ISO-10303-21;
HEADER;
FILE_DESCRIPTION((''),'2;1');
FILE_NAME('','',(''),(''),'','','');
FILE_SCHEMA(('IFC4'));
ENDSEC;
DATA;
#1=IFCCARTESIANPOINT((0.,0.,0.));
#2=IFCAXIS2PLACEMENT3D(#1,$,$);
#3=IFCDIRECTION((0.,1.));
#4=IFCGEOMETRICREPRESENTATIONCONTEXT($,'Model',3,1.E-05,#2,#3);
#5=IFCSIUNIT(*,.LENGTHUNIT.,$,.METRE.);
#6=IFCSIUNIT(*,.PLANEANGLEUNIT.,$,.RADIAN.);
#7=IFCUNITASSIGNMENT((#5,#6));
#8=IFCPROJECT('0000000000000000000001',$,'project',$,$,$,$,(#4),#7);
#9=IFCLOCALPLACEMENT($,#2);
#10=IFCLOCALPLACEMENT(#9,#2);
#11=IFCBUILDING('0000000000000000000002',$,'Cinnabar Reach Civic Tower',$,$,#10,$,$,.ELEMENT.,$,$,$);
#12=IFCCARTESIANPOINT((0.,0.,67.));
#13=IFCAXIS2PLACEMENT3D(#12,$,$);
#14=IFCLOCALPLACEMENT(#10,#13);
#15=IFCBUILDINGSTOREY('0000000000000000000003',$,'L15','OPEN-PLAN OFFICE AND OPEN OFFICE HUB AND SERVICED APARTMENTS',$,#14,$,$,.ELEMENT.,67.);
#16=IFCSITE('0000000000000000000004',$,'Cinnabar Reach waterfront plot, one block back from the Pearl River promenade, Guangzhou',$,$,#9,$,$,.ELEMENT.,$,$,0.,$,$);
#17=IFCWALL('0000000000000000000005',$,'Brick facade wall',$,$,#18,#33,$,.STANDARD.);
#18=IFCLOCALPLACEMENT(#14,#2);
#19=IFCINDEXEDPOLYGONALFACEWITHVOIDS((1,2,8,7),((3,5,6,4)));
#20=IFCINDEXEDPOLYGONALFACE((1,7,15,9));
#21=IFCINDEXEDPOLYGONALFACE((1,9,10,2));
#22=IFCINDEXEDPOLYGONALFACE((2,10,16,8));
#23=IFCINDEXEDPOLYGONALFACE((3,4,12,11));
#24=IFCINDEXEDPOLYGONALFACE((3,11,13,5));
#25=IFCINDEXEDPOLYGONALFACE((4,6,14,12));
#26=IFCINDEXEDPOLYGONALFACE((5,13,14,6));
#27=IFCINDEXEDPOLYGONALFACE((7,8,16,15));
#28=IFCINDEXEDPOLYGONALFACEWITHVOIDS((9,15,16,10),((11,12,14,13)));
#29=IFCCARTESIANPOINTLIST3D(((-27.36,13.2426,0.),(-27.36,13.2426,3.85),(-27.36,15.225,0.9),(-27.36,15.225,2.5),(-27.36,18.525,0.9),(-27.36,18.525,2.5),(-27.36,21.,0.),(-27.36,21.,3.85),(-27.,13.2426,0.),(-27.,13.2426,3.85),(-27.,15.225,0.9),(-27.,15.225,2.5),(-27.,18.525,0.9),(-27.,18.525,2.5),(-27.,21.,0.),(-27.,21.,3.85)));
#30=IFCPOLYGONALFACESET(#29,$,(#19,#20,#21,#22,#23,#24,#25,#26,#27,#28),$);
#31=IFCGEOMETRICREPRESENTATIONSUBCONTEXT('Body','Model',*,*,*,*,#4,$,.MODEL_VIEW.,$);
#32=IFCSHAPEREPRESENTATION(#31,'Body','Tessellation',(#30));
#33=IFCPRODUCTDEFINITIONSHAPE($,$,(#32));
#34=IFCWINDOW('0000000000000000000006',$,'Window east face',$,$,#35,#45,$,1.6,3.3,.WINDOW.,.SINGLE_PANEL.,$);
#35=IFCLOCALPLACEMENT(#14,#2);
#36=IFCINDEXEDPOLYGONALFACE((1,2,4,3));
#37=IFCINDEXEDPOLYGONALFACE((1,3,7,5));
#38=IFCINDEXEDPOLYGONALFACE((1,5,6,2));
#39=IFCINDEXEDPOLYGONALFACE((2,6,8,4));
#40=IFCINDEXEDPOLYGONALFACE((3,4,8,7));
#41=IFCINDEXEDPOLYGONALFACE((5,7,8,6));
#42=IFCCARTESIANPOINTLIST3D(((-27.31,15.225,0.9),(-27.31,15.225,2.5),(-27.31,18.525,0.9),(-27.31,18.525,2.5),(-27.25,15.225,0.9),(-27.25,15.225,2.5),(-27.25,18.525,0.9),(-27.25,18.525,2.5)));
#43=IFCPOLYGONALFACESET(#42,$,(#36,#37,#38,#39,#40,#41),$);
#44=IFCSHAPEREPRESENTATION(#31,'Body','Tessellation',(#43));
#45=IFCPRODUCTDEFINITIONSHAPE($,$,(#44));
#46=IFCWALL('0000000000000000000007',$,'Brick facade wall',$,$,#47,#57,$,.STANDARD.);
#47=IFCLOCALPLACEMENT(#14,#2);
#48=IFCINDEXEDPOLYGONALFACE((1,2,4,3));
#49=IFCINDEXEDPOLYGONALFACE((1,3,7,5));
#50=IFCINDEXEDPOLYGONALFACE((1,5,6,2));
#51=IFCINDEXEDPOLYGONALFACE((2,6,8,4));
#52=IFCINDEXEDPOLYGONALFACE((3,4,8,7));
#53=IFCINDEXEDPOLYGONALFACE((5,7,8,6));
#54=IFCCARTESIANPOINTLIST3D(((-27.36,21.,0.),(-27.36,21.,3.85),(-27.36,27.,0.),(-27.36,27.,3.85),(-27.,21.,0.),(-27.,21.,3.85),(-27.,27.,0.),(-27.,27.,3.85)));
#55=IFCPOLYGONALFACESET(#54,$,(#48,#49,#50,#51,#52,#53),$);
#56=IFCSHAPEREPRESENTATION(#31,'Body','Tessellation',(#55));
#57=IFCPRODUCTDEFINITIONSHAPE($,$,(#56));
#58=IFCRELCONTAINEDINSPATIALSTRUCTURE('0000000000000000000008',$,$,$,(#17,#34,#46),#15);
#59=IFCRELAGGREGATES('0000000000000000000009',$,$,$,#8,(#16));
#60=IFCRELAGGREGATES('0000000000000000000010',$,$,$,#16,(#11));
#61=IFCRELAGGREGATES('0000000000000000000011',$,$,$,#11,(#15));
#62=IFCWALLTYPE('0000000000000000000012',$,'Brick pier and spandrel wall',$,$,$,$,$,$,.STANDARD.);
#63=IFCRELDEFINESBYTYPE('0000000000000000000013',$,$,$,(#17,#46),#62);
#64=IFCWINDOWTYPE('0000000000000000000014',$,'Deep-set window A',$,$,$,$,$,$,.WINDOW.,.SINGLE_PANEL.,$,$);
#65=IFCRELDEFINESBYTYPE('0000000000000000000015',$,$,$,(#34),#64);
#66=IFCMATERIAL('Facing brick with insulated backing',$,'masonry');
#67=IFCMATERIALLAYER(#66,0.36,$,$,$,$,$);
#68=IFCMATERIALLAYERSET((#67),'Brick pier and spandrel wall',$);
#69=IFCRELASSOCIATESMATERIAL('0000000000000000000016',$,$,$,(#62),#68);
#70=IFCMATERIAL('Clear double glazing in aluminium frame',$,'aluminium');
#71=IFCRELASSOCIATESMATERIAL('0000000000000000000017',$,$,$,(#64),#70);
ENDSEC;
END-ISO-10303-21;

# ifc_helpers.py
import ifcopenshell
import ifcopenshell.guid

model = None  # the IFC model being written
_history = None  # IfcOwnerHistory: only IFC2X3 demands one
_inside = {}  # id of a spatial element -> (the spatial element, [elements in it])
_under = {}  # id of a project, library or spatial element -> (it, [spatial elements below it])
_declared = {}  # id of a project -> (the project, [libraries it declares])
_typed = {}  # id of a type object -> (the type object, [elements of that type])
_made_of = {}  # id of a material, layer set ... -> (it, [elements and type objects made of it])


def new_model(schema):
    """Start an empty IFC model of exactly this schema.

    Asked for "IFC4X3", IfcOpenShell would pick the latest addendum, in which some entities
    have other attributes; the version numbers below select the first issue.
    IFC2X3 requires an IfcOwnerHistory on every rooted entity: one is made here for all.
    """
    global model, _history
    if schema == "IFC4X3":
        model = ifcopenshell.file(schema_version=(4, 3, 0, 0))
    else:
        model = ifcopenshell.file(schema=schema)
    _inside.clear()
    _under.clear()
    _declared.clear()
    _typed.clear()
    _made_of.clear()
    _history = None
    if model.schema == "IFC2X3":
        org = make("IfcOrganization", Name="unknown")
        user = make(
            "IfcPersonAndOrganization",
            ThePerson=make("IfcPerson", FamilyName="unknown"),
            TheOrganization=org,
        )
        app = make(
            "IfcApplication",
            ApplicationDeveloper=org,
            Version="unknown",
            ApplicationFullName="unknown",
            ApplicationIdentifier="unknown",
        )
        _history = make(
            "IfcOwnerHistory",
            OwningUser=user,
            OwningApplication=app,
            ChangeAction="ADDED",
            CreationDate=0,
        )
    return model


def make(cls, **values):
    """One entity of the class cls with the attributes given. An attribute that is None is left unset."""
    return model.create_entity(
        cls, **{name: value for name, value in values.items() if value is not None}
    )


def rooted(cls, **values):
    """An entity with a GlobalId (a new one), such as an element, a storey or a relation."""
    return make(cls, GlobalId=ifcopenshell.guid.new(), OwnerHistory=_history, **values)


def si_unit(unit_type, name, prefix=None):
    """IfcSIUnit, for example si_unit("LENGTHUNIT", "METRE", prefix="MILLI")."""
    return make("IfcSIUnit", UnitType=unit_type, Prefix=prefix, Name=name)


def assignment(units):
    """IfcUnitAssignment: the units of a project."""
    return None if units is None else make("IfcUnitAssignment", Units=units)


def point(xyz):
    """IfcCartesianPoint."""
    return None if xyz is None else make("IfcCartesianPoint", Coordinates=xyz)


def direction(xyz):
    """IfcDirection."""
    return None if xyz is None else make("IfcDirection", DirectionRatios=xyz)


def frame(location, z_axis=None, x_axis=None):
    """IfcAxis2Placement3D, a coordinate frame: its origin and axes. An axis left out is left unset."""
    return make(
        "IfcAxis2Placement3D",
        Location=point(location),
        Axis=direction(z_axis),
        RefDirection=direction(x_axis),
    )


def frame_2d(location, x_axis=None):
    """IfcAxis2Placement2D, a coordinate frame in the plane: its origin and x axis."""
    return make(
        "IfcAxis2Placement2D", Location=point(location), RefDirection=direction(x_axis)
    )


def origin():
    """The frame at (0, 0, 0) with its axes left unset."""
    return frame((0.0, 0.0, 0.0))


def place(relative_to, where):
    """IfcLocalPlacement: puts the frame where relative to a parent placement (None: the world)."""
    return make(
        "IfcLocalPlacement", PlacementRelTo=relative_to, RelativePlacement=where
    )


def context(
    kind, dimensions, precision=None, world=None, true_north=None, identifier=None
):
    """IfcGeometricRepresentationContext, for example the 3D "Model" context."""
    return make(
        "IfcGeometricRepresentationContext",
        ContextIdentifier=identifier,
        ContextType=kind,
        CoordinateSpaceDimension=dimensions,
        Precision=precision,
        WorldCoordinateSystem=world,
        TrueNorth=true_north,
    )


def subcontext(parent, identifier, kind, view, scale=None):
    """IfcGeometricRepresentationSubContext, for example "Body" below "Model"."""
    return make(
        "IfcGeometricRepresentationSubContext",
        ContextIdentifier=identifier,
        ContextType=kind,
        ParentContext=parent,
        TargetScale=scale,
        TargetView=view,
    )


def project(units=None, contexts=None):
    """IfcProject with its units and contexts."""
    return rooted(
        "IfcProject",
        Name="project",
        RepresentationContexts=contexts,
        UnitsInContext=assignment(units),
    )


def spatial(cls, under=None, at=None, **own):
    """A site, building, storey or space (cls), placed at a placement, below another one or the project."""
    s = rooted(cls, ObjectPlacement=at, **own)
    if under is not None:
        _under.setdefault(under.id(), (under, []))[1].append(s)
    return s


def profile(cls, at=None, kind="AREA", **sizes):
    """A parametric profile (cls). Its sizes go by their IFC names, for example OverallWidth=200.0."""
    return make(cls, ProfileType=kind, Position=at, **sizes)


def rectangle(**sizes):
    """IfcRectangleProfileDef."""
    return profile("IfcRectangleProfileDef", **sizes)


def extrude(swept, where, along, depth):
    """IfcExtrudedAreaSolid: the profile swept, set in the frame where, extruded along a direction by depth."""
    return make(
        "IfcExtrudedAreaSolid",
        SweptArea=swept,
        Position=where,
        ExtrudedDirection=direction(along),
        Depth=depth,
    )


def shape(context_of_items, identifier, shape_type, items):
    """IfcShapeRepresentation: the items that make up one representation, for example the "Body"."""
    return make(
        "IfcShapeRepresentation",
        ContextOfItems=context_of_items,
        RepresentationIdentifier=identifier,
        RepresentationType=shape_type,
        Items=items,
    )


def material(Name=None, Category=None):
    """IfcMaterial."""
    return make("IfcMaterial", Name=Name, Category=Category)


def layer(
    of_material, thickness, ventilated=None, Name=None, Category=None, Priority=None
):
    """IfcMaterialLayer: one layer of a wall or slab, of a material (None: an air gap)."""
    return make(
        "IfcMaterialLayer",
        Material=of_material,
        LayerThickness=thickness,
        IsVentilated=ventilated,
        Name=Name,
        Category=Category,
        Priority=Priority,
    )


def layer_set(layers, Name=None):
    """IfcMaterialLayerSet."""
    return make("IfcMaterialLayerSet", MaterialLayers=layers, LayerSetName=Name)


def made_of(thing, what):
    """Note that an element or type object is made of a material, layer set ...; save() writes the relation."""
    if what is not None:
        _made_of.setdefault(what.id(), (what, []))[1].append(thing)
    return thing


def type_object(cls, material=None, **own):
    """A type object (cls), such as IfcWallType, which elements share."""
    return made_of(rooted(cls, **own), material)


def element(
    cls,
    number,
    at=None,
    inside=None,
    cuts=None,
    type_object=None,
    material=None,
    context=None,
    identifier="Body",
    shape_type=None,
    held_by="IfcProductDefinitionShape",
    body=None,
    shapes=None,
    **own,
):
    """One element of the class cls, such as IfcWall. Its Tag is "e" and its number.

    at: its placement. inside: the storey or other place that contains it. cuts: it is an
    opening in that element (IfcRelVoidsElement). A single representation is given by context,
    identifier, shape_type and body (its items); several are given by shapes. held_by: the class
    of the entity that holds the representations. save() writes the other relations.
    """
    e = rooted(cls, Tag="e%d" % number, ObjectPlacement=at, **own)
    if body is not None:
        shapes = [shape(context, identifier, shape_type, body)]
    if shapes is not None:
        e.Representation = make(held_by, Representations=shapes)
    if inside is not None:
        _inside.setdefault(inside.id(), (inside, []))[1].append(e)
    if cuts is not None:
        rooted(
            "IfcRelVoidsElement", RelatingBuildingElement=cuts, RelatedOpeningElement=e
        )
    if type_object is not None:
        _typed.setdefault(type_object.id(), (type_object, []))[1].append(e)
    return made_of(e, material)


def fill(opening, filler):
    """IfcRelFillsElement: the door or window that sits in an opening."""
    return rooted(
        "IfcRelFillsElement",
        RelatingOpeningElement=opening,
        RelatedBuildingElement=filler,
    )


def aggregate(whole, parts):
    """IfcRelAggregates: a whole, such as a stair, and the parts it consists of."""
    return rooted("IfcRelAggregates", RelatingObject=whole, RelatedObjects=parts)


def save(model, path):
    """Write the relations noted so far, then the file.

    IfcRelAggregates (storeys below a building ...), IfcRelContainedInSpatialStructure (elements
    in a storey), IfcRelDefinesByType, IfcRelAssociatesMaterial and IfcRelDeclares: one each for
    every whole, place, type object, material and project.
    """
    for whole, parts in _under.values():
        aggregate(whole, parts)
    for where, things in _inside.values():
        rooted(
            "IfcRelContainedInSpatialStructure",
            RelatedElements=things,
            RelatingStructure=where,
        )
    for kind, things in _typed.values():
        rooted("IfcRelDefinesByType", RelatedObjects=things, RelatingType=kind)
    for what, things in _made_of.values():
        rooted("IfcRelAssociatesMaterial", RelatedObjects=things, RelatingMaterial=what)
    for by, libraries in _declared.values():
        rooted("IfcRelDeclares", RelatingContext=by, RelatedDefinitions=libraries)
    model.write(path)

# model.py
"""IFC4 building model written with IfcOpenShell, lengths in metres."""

from ifc_helpers import new_model, si_unit, direction, frame, frame_2d, origin, place, context, subcontext, project, spatial, rectangle, extrude, material, layer, layer_set, type_object, element, fill, save


model = new_model("IFC4")

# Units and contexts
model_context = context("Model", 3, precision=1e-05, world=origin(), true_north=direction((0.0, 1.0)))
body_context = subcontext(model_context, "Body", "Model", "MODEL_VIEW")
ifc_project = project(units=[si_unit("LENGTHUNIT", "METRE"), si_unit("PLANEANGLEUNIT", "RADIAN")], contexts=[model_context])

# Site, building, storey
site_placement = place(None, origin())
site = spatial("IfcSite", under=ifc_project, at=site_placement, Name="Cinnabar Reach waterfront plot, one block back from the Pearl River promenade, Guangzhou", CompositionType="ELEMENT", RefElevation=0.0)
building_placement = place(site_placement, origin())
building = spatial("IfcBuilding", under=site, at=building_placement, Name="Cinnabar Reach Civic Tower", CompositionType="ELEMENT")
storey_placement = place(building_placement, frame((0.0, 0.0, 67.0)))
storey = spatial("IfcBuildingStorey", under=building, at=storey_placement, Name="L15", Description="OPEN-PLAN OFFICE AND OPEN OFFICE HUB AND SERVICED APARTMENTS", CompositionType="ELEMENT", Elevation=67.0)

# Shared definitions
ifc_material_1 = material(Name="Facing brick with insulated backing", Category="masonry")

# Wall, opening, window
ifc_layer_1 = layer(ifc_material_1, 0.36)
ifc_layer_set_1 = layer_set([ifc_layer_1], Name="Brick pier and spandrel wall")
wall_type_1 = type_object("IfcWallType", Name="Brick pier and spandrel wall", PredefinedType="STANDARD", material=ifc_layer_set_1)
wall_1_placement = place(storey_placement, frame((-27.18, 13.2426, 0.0), z_axis=(0.0, 0.0, 1.0), x_axis=(0.0, 1.0, 0.0)))
wall_1 = element("IfcWall", 1, at=wall_1_placement, inside=storey, type_object=wall_type_1, Name="Brick facade wall", PredefinedType="STANDARD", context=body_context, shape_type="SweptSolid", body=[
    extrude(rectangle(XDim=7.7574, YDim=0.36, at=frame_2d((3.8787, 0.0))), origin(), (0.0, 0.0, 1.0), 3.85),
])
opening_placement = place(wall_1_placement, frame((1.9824, 0.0, 0.9)))
opening = element("IfcOpeningElement", 2, at=opening_placement, cuts=wall_1, PredefinedType="OPENING", context=body_context, shape_type="SweptSolid", body=[
    extrude(rectangle(XDim=3.3, YDim=1.6, at=frame_2d((1.65, 0.8))), frame((0.0, 0.19, 0.0), z_axis=(0.0, -1.0, 0.0), x_axis=(1.0, 0.0, 0.0)), (0.0, 0.0, 1.0), 0.38),
])
ifc_material_2 = material(Name="Clear double glazing in aluminium frame", Category="aluminium")
window_type = type_object("IfcWindowType", Name="Deep-set window A", PartitioningType="SINGLE_PANEL", PredefinedType="WINDOW", material=ifc_material_2)
window_placement = place(opening_placement, origin())
window = element("IfcWindow", 3, at=window_placement, inside=storey, type_object=window_type, Name="Window east face", OverallHeight=1.6, OverallWidth=3.3, PartitioningType="SINGLE_PANEL", PredefinedType="WINDOW", context=body_context, shape_type="SweptSolid", body=[
    extrude(rectangle(XDim=3.3, YDim=1.6, at=frame_2d((1.65, 0.8))), frame((0.0, 0.13, 0.0), z_axis=(0.0, -1.0, 0.0), x_axis=(1.0, 0.0, 0.0)), (0.0, 0.0, 1.0), 0.06),
])
fill(opening, window)

# Wall
wall_2_placement = place(storey_placement, frame((-27.18, 21.0, 0.0), z_axis=(0.0, 0.0, 1.0), x_axis=(0.0, 1.0, 0.0)))
element("IfcWall", 4, at=wall_2_placement, inside=storey, type_object=wall_type_1, Name="Brick facade wall", PredefinedType="STANDARD", context=body_context, shape_type="SweptSolid", body=[
    extrude(rectangle(XDim=6.0, YDim=0.36, at=frame_2d((3.0, 0.0))), origin(), (0.0, 0.0, 1.0), 3.85),
])

save(model, "model.ifc")
